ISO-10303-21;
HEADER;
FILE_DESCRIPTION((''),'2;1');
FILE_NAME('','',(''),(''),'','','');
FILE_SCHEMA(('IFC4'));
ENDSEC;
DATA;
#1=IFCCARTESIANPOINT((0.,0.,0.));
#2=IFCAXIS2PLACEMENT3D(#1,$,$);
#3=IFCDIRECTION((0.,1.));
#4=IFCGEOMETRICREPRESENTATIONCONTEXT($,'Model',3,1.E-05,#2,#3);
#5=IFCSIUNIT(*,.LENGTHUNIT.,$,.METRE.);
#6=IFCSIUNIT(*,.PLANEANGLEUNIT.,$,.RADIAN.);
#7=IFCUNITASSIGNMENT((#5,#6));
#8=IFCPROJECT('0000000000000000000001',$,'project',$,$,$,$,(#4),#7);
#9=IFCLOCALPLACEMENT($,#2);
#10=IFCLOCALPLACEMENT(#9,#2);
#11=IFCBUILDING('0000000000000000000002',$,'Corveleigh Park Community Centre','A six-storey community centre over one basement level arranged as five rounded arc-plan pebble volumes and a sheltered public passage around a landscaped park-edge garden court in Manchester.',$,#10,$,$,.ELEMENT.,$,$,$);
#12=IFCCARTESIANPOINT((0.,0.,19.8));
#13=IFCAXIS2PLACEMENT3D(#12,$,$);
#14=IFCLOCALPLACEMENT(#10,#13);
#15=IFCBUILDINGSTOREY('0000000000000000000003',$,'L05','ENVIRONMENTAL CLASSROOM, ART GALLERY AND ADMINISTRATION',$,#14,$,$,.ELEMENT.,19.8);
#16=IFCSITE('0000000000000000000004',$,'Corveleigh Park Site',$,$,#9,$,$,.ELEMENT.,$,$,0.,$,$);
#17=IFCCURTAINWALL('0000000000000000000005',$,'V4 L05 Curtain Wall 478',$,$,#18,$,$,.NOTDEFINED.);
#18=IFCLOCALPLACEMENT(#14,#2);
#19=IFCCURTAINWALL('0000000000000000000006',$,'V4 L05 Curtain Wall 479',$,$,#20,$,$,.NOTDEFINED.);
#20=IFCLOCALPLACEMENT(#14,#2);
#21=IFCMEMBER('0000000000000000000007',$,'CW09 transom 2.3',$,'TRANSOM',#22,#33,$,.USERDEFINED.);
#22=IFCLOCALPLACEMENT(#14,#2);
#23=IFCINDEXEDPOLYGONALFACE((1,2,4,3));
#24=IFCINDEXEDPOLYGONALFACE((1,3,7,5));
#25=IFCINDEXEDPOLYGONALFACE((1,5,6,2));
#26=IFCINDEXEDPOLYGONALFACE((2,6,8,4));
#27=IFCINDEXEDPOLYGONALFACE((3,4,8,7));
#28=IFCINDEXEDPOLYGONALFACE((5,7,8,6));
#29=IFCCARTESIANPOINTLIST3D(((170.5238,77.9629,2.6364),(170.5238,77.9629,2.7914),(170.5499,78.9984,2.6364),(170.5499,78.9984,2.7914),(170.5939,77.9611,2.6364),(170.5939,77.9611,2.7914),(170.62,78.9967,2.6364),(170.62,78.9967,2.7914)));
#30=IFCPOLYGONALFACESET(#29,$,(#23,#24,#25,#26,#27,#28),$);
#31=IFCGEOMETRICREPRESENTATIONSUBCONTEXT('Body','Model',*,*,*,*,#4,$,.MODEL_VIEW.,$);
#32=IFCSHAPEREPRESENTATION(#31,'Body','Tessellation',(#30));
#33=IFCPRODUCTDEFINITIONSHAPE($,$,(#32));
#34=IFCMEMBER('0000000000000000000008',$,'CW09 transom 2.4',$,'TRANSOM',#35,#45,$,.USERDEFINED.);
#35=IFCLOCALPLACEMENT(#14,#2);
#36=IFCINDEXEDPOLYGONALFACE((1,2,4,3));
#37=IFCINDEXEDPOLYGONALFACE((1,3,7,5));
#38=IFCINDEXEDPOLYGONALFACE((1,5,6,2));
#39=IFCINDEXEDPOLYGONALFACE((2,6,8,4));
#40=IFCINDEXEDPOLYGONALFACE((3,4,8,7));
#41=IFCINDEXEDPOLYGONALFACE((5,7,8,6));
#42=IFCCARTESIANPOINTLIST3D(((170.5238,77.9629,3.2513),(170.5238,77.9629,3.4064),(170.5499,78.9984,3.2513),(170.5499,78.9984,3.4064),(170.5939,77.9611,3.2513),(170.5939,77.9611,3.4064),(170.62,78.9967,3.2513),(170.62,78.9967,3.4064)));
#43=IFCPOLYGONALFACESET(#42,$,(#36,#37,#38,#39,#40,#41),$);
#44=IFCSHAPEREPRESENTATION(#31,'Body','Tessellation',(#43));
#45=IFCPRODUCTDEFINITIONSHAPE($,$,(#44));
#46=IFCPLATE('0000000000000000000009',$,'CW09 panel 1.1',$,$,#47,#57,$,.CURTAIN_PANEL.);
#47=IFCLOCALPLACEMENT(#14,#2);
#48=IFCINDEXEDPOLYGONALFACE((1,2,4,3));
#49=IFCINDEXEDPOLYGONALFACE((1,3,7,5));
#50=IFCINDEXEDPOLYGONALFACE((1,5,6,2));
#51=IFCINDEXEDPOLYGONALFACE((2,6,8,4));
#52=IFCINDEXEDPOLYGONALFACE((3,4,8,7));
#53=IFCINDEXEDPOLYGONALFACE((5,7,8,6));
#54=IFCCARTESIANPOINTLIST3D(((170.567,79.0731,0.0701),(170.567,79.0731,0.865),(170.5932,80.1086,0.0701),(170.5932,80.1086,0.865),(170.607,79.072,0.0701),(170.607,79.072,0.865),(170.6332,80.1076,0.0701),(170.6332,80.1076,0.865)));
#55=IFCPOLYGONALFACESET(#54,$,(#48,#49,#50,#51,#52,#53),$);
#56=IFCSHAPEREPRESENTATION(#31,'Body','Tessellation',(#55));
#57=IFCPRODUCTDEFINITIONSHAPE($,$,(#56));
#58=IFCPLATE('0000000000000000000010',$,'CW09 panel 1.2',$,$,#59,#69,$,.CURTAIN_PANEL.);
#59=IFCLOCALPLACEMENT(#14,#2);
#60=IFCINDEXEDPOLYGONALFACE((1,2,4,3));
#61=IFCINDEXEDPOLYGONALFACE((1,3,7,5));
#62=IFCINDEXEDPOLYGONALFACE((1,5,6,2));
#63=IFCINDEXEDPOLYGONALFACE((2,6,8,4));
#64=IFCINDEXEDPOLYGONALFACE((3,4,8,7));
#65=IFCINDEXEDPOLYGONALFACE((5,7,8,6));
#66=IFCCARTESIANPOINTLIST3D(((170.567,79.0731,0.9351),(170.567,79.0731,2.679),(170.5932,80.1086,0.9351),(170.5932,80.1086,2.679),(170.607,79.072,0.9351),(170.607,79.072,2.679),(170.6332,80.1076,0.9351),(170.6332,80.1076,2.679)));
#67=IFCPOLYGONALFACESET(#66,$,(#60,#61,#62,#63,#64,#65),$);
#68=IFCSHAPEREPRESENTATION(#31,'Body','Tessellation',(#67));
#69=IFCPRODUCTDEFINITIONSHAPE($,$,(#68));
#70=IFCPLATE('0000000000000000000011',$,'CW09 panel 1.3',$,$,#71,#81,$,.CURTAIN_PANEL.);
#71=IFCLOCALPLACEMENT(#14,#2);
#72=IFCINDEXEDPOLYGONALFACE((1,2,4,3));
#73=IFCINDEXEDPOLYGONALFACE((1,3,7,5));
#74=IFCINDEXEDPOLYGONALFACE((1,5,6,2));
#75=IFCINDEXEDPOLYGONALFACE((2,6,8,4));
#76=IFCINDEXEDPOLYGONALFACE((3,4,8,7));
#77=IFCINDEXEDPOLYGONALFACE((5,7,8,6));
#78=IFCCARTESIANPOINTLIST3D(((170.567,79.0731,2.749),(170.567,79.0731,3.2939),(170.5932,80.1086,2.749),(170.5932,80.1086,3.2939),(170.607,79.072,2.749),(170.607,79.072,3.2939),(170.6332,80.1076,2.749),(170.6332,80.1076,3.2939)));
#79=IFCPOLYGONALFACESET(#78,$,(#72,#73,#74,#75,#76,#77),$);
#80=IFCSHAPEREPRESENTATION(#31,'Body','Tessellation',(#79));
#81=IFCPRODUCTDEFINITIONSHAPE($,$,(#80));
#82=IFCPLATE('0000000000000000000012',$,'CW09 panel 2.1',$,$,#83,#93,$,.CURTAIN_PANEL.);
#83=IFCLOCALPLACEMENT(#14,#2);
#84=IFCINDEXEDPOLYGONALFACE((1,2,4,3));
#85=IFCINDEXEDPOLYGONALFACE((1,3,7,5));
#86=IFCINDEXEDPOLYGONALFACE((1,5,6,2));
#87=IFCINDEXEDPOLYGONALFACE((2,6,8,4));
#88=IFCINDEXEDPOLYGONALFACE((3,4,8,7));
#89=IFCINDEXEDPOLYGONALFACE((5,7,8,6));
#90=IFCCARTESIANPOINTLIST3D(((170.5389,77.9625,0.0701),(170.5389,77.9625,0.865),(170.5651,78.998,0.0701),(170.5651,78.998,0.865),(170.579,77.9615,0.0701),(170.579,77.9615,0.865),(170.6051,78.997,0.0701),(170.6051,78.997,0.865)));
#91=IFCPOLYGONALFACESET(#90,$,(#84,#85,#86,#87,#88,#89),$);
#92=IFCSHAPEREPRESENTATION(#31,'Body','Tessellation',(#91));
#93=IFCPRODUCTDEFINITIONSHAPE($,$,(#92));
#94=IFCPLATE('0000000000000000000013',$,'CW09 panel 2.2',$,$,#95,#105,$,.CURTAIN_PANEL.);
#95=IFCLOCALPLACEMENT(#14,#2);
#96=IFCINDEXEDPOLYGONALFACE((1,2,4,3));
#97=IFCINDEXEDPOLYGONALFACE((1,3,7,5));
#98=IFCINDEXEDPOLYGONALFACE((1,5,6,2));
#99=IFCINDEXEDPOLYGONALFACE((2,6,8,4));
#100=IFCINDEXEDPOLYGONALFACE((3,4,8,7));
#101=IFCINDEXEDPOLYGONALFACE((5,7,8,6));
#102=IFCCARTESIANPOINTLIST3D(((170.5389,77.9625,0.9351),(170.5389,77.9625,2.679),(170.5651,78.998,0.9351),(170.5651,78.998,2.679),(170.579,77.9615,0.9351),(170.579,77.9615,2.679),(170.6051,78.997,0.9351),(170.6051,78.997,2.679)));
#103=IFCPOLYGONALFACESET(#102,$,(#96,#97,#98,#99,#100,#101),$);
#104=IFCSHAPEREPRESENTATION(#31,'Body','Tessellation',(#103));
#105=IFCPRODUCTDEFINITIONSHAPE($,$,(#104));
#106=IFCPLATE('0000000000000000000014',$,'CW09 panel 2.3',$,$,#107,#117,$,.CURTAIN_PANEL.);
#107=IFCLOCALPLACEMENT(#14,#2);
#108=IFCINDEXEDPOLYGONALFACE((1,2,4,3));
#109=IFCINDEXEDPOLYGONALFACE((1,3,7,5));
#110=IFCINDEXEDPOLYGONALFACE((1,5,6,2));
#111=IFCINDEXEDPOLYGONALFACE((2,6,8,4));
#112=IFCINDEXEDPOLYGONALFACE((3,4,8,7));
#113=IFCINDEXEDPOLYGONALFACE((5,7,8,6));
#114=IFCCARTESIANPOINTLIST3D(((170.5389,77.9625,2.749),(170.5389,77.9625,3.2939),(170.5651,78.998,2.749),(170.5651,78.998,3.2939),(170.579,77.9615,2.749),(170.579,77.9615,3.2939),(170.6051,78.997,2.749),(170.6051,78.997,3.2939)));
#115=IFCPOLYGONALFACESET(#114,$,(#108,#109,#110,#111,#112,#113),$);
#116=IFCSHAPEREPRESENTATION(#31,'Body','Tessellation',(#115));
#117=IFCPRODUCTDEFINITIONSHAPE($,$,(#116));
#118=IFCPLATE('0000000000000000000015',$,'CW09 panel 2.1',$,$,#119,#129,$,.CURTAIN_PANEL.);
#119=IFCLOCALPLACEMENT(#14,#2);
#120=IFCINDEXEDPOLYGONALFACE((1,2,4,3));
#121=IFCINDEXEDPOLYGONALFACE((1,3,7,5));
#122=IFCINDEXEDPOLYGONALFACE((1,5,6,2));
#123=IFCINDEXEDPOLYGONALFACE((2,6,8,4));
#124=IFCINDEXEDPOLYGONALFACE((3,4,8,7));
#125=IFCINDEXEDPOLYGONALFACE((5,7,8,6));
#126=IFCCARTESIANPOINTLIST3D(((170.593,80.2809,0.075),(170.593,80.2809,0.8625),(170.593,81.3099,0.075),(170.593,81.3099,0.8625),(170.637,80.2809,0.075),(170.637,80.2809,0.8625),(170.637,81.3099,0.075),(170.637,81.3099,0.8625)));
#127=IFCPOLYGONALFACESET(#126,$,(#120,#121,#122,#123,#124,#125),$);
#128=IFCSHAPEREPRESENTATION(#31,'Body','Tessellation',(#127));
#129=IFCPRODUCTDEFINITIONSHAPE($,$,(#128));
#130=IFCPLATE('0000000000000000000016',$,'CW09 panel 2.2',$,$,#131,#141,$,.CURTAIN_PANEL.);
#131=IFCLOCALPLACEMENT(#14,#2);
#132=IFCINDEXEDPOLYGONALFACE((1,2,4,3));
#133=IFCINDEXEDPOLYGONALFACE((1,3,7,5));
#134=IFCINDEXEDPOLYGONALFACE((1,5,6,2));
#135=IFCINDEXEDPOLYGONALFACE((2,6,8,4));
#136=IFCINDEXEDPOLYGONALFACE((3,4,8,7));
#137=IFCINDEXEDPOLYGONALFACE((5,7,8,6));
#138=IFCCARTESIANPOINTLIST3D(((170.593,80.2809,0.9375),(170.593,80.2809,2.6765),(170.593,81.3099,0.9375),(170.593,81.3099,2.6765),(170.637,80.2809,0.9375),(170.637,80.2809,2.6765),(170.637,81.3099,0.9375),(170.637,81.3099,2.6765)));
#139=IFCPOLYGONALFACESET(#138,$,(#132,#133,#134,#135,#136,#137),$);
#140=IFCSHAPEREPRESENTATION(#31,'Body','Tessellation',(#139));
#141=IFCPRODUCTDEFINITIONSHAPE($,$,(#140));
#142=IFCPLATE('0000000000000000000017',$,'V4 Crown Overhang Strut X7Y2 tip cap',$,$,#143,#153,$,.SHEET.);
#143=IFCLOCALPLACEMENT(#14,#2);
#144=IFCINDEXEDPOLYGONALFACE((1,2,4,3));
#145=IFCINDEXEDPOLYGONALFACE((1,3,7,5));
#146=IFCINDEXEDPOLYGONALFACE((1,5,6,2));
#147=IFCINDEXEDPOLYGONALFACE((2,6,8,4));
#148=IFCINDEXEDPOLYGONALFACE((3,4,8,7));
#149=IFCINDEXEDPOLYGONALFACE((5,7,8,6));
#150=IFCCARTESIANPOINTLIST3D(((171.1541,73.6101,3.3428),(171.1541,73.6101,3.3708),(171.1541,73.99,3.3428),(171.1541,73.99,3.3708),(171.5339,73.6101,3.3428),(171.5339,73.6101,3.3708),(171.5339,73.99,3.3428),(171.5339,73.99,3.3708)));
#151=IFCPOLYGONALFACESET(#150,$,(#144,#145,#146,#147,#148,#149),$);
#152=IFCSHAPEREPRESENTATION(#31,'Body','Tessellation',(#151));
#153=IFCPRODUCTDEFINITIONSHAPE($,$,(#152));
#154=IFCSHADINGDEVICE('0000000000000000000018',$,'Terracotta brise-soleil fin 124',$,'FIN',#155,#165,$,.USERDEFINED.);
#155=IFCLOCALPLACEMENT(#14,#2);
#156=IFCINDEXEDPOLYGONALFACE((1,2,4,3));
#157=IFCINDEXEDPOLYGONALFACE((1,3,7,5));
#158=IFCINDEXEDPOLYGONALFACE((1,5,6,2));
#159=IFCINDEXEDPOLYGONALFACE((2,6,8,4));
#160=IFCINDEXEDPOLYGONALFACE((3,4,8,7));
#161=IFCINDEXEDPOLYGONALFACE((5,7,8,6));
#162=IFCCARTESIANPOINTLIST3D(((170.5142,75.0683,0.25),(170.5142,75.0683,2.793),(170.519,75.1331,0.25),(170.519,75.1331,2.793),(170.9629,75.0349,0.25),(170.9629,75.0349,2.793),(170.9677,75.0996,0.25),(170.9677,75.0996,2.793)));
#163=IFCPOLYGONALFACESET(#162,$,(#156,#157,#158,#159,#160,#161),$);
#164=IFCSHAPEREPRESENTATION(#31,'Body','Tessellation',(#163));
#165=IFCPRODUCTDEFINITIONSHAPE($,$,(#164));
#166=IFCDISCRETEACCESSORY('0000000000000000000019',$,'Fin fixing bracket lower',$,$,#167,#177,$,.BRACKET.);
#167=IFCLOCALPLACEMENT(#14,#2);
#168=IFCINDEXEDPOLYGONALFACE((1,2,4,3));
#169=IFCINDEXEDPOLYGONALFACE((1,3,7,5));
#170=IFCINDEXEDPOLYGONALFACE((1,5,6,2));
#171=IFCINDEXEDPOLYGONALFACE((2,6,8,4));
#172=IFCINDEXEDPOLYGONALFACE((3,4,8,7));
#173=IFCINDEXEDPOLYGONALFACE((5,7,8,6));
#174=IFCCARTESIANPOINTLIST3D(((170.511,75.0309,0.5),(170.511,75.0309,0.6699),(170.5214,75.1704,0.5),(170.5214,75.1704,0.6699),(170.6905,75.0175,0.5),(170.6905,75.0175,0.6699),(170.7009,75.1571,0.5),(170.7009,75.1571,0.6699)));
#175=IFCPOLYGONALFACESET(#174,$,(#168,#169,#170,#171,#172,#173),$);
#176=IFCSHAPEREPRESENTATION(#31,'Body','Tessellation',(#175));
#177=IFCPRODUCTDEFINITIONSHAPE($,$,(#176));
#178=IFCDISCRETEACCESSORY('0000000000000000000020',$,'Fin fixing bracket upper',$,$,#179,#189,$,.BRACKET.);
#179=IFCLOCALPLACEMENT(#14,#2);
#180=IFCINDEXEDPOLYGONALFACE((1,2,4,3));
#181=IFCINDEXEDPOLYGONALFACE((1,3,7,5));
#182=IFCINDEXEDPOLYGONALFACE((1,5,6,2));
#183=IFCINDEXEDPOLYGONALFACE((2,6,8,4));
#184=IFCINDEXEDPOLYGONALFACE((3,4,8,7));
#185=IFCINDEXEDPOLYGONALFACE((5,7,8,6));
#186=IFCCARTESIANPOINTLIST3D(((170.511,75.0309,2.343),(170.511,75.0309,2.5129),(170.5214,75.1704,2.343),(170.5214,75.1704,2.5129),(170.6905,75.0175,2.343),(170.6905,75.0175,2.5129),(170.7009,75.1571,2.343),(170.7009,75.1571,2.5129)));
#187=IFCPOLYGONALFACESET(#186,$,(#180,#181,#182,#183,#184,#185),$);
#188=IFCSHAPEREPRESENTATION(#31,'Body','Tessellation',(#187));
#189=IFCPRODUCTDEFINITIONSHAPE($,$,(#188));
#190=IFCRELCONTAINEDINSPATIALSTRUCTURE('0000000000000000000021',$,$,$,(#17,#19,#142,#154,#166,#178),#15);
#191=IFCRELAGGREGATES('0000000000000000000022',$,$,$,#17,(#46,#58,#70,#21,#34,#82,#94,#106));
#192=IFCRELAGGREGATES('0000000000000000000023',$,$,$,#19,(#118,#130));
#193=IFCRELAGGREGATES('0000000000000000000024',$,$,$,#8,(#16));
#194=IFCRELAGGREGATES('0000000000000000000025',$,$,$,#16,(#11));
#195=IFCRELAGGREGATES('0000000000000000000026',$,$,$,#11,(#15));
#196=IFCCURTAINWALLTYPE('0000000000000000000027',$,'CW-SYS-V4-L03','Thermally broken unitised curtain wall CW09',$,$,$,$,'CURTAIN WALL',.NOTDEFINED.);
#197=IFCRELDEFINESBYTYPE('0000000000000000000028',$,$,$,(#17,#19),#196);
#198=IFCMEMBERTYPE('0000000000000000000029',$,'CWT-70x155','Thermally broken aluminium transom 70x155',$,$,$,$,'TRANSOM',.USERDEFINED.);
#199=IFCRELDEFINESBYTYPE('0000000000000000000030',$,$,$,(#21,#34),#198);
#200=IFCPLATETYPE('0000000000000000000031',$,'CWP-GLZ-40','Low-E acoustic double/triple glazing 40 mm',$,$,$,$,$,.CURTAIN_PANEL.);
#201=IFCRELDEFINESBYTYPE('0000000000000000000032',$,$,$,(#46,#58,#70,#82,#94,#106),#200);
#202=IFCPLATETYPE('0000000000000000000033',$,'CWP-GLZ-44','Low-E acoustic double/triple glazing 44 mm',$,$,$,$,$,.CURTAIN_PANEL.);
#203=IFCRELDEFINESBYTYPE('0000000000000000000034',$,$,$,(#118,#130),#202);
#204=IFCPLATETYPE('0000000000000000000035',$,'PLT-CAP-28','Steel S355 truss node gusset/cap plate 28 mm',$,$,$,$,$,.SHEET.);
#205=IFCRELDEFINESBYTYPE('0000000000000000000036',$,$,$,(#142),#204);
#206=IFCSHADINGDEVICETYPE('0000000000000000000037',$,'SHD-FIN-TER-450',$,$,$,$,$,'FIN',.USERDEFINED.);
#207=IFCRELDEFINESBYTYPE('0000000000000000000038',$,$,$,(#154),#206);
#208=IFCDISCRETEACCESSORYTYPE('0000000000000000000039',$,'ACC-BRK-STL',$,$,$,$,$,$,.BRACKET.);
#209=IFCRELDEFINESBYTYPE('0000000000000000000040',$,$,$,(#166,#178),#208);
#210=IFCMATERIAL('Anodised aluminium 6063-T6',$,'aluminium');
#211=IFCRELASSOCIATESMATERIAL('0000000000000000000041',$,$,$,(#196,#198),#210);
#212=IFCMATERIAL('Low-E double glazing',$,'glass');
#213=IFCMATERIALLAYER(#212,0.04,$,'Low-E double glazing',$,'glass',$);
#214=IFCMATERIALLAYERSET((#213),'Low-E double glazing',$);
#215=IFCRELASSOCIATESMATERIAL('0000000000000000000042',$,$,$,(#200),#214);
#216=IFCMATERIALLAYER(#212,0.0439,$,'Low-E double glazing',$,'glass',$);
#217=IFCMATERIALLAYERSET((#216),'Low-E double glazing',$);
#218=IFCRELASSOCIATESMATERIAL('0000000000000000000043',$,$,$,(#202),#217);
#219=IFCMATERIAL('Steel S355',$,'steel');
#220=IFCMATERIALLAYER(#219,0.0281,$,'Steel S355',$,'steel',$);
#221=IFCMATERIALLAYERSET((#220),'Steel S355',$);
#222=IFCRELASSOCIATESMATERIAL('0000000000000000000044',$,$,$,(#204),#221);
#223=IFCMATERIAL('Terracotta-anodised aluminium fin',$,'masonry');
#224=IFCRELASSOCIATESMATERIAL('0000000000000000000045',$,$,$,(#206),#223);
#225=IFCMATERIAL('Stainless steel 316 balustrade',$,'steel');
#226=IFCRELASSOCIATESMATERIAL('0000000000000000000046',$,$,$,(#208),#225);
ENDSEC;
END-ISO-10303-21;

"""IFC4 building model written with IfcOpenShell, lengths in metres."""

from ifc_helpers import new_model, si_unit, direction, frame, origin, origin_2d, place, context, subcontext, project, spatial, rectangle, extrude, material, layer, layer_set, material_profile, profile_set, type_object, element, aggregate, save


model = new_model("IFC4")

# Units and contexts
model_context = context("Model", 3, precision=1e-05, world=origin(), true_north=direction((0.0, 1.0)))
body_context = subcontext(model_context, "Body", "Model", "MODEL_VIEW")
ifc_project = project(units=[si_unit("LENGTHUNIT", "METRE"), si_unit("PLANEANGLEUNIT", "RADIAN")], contexts=[model_context])

# Site, building, storey
site_placement = place(None, origin())
site = spatial("IfcSite", under=ifc_project, at=site_placement, Name="Corveleigh Park Site", CompositionType="ELEMENT", RefElevation=0.0)
building_placement = place(site_placement, origin())
building = spatial("IfcBuilding", under=site, at=building_placement, Name="Corveleigh Park Community Centre", Description="A six-storey community centre over one basement level arranged as five rounded arc-plan pebble volumes and a sheltered public passage around a landscaped park-edge garden court in Manchester.", CompositionType="ELEMENT")
storey_placement = place(building_placement, frame((0.0, 0.0, 19.8)))
storey = spatial("IfcBuildingStorey", under=building, at=storey_placement, Name="L05", Description="ENVIRONMENTAL CLASSROOM, ART GALLERY AND ADMINISTRATION", CompositionType="ELEMENT", Elevation=19.8)

# Shared definitions
ifc_material_1 = material(Name="Anodised aluminium 6063-T6", Category="aluminium")
curtain_wall_type = type_object("IfcCurtainWallType", Name="CW-SYS-V4-L03", Description="Thermally broken unitised curtain wall CW09", ElementType="CURTAIN WALL", PredefinedType="NOTDEFINED", material=ifc_material_1)

# Curtain wall
curtain_wall_1_placement = place(storey_placement, origin())
curtain_wall_1 = element("IfcCurtainWall", 1, at=curtain_wall_1_placement, inside=storey, type_object=curtain_wall_type, Name="V4 L05 Curtain Wall 478", PredefinedType="NOTDEFINED")

# Curtain wall
curtain_wall_2_placement = place(storey_placement, origin())
curtain_wall_2 = element("IfcCurtainWall", 2, at=curtain_wall_2_placement, inside=storey, type_object=curtain_wall_type, Name="V4 L05 Curtain Wall 479", PredefinedType="NOTDEFINED")

# Members
ifc_material_profile_1 = material_profile(ifc_material_1, rectangle(XDim=0.0701, YDim=0.155, at=origin_2d()), Name="ALU-T70x155", Category="aluminium")
ifc_profile_set_1 = profile_set([ifc_material_profile_1], Name="Anodised aluminium 6063-T6")
member_type_1 = type_object("IfcMemberType", Name="CWT-70x155", Description="Thermally broken aluminium transom 70x155", ElementType="TRANSOM", PredefinedType="USERDEFINED", material=ifc_profile_set_1)
member_1_placement = place(storey_placement, frame((170.585, 78.9976, 2.7139), z_axis=(-0.025216, -0.999682, 0.0), x_axis=(0.999682, -0.025216, 0.0)))
member_1 = element("IfcMember", 3, at=member_1_placement, type_object=member_type_1, Name="CW09 transom 2.3", ObjectType="TRANSOM", PredefinedType="USERDEFINED", context=body_context, shape_type="SweptSolid", body=[
    extrude(rectangle(XDim=0.0701, YDim=0.155, at=origin_2d()), origin(), (0.0, 0.0, 1.0), 1.0359),
])
member_2_placement = place(storey_placement, frame((170.585, 78.9976, 3.3289), z_axis=(-0.025216, -0.999682, 0.0), x_axis=(0.999682, -0.025216, 0.0)))
member_2 = element("IfcMember", 4, at=member_2_placement, type_object=member_type_1, Name="CW09 transom 2.4", ObjectType="TRANSOM", PredefinedType="USERDEFINED", context=body_context, shape_type="SweptSolid", body=[
    extrude(rectangle(XDim=0.0701, YDim=0.155, at=origin_2d()), origin(), (0.0, 0.0, 1.0), 1.0359),
])

# Plates
ifc_material_2 = material(Name="Low-E double glazing", Category="glass")
ifc_layer_1 = layer(ifc_material_2, 0.04, Name="Low-E double glazing", Category="glass")
ifc_layer_set_1 = layer_set([ifc_layer_1], Name="Low-E double glazing")
plate_type_1 = type_object("IfcPlateType", Name="CWP-GLZ-40", Description="Low-E acoustic double/triple glazing 40 mm", PredefinedType="CURTAIN_PANEL", material=ifc_layer_set_1)
plate_1_placement = place(storey_placement, frame((170.6001, 79.5903, 0.0701), z_axis=(0.0, 0.0, 1.0), x_axis=(-0.025253, -0.999681, 0.0)))
plate_1 = element("IfcPlate", 5, at=plate_1_placement, type_object=plate_type_1, Name="CW09 panel 1.1", PredefinedType="CURTAIN_PANEL", context=body_context, shape_type="SweptSolid", body=[
    extrude(rectangle(XDim=1.0359, YDim=0.04, at=origin_2d()), origin(), (0.0, 0.0, 1.0), 0.7949),
])
plate_2_placement = place(storey_placement, frame((170.6001, 79.5903, 0.9351), z_axis=(0.0, 0.0, 1.0), x_axis=(-0.025253, -0.999681, 0.0)))
plate_2 = element("IfcPlate", 6, at=plate_2_placement, type_object=plate_type_1, Name="CW09 panel 1.2", PredefinedType="CURTAIN_PANEL", context=body_context, shape_type="SweptSolid", body=[
    extrude(rectangle(XDim=1.0359, YDim=0.04, at=origin_2d()), origin(), (0.0, 0.0, 1.0), 1.7439),
])
plate_3_placement = place(storey_placement, frame((170.6001, 79.5903, 2.749), z_axis=(0.0, 0.0, 1.0), x_axis=(-0.025253, -0.999681, 0.0)))
plate_3 = element("IfcPlate", 7, at=plate_3_placement, type_object=plate_type_1, Name="CW09 panel 1.3", PredefinedType="CURTAIN_PANEL", context=body_context, shape_type="SweptSolid", body=[
    extrude(rectangle(XDim=1.0359, YDim=0.04, at=origin_2d()), origin(), (0.0, 0.0, 1.0), 0.5449),
])
plate_4_placement = place(storey_placement, frame((170.572, 78.4797, 0.0701), z_axis=(0.0, 0.0, 1.0), x_axis=(-0.025253, -0.999681, 0.0)))
plate_4 = element("IfcPlate", 8, at=plate_4_placement, type_object=plate_type_1, Name="CW09 panel 2.1", PredefinedType="CURTAIN_PANEL", context=body_context, shape_type="SweptSolid", body=[
    extrude(rectangle(XDim=1.0359, YDim=0.04, at=origin_2d()), origin(), (0.0, 0.0, 1.0), 0.7949),
])
plate_5_placement = place(storey_placement, frame((170.572, 78.4797, 0.9351), z_axis=(0.0, 0.0, 1.0), x_axis=(-0.025253, -0.999681, 0.0)))
plate_5 = element("IfcPlate", 9, at=plate_5_placement, type_object=plate_type_1, Name="CW09 panel 2.2", PredefinedType="CURTAIN_PANEL", context=body_context, shape_type="SweptSolid", body=[
    extrude(rectangle(XDim=1.0359, YDim=0.04, at=origin_2d()), origin(), (0.0, 0.0, 1.0), 1.7439),
])
plate_6_placement = place(storey_placement, frame((170.572, 78.4797, 2.749), z_axis=(0.0, 0.0, 1.0), x_axis=(-0.025253, -0.999681, 0.0)))
plate_6 = element("IfcPlate", 10, at=plate_6_placement, type_object=plate_type_1, Name="CW09 panel 2.3", PredefinedType="CURTAIN_PANEL", context=body_context, shape_type="SweptSolid", body=[
    extrude(rectangle(XDim=1.0359, YDim=0.04, at=origin_2d()), origin(), (0.0, 0.0, 1.0), 0.5449),
])
aggregate(curtain_wall_1, [plate_1, plate_2, plate_3, member_1, member_2, plate_4, plate_5, plate_6])
ifc_layer_2 = layer(ifc_material_2, 0.0439, Name="Low-E double glazing", Category="glass")
ifc_layer_set_2 = layer_set([ifc_layer_2], Name="Low-E double glazing")
plate_type_2 = type_object("IfcPlateType", Name="CWP-GLZ-44", Description="Low-E acoustic double/triple glazing 44 mm", PredefinedType="CURTAIN_PANEL", material=ifc_layer_set_2)
plate_7_placement = place(storey_placement, frame((170.615, 80.7954, 0.075), z_axis=(0.0, 0.0, 1.0), x_axis=(0.0, -1.0, 0.0)))
plate_7 = element("IfcPlate", 11, at=plate_7_placement, type_object=plate_type_2, Name="CW09 panel 2.1", PredefinedType="CURTAIN_PANEL", context=body_context, shape_type="SweptSolid", body=[
    extrude(rectangle(XDim=1.0291, YDim=0.0439, at=origin_2d()), origin(), (0.0, 0.0, 1.0), 0.7876),
])
plate_8_placement = place(storey_placement, frame((170.615, 80.7954, 0.9375), z_axis=(0.0, 0.0, 1.0), x_axis=(0.0, -1.0, 0.0)))
plate_8 = element("IfcPlate", 12, at=plate_8_placement, type_object=plate_type_2, Name="CW09 panel 2.2", PredefinedType="CURTAIN_PANEL", context=body_context, shape_type="SweptSolid", body=[
    extrude(rectangle(XDim=1.0291, YDim=0.0439, at=origin_2d()), origin(), (0.0, 0.0, 1.0), 1.739),
])
aggregate(curtain_wall_2, [plate_7, plate_8])
ifc_material_3 = material(Name="Steel S355", Category="steel")
ifc_layer_3 = layer(ifc_material_3, 0.0281, Name="Steel S355", Category="steel")
ifc_layer_set_3 = layer_set([ifc_layer_3], Name="Steel S355")
plate_type_3 = type_object("IfcPlateType", Name="PLT-CAP-28", Description="Steel S355 truss node gusset/cap plate 28 mm", PredefinedType="SHEET", material=ifc_layer_set_3)
plate_9_placement = place(storey_placement, frame((171.344, 73.8, 3.3428), z_axis=(0.0, 0.0, 1.0), x_axis=(1.0, 0.0, 0.0)))
element("IfcPlate", 13, at=plate_9_placement, inside=storey, type_object=plate_type_3, Name="V4 Crown Overhang Strut X7Y2 tip cap", PredefinedType="SHEET", context=body_context, shape_type="SweptSolid", body=[
    extrude(rectangle(XDim=0.3799, YDim=0.3799, at=origin_2d()), origin(), (0.0, 0.0, 1.0), 0.0281),
])

# Shading device
ifc_material_4 = material(Name="Terracotta-anodised aluminium fin", Category="masonry")
shading_device_type = type_object("IfcShadingDeviceType", Name="SHD-FIN-TER-450", ElementType="FIN", PredefinedType="USERDEFINED", material=ifc_material_4)
shading_device_placement = place(storey_placement, frame((170.741, 75.084, 0.25), z_axis=(0.0, 0.0, 1.0), x_axis=(0.997228, -0.074401, 0.0)))
element("IfcShadingDevice", 14, at=shading_device_placement, inside=storey, type_object=shading_device_type, Name="Terracotta brise-soleil fin 124", ObjectType="FIN", PredefinedType="USERDEFINED", context=body_context, shape_type="SweptSolid", body=[
    extrude(rectangle(XDim=0.45, YDim=0.0649, at=origin_2d()), origin(), (0.0, 0.0, 1.0), 2.543),
])

# Discrete accessories
ifc_material_5 = material(Name="Stainless steel 316 balustrade", Category="steel")
discrete_accessory_type = type_object("IfcDiscreteAccessoryType", Name="ACC-BRK-STL", PredefinedType="BRACKET", material=ifc_material_5)
for number, where, z_axis, x_axis, name in (
    (15, (170.606, 75.094, 0.5), (0.0, 0.0, 1.0), (0.997228, -0.074401, 0.0), "Fin fixing bracket lower"),
    (16, (170.606, 75.094, 2.343), (0.0, 0.0, 1.0), (0.997228, -0.074401, 0.0), "Fin fixing bracket upper"),
):
    element("IfcDiscreteAccessory", number, at=place(storey_placement, frame(where, z_axis=z_axis, x_axis=x_axis)), inside=storey, type_object=discrete_accessory_type, Name=name, PredefinedType="BRACKET", context=body_context, shape_type="SweptSolid", body=[
        extrude(rectangle(XDim=0.1799, YDim=0.1399, at=origin_2d()), origin(), (0.0, 0.0, 1.0), 0.1699),
    ])

save(model, "model.ifc")
